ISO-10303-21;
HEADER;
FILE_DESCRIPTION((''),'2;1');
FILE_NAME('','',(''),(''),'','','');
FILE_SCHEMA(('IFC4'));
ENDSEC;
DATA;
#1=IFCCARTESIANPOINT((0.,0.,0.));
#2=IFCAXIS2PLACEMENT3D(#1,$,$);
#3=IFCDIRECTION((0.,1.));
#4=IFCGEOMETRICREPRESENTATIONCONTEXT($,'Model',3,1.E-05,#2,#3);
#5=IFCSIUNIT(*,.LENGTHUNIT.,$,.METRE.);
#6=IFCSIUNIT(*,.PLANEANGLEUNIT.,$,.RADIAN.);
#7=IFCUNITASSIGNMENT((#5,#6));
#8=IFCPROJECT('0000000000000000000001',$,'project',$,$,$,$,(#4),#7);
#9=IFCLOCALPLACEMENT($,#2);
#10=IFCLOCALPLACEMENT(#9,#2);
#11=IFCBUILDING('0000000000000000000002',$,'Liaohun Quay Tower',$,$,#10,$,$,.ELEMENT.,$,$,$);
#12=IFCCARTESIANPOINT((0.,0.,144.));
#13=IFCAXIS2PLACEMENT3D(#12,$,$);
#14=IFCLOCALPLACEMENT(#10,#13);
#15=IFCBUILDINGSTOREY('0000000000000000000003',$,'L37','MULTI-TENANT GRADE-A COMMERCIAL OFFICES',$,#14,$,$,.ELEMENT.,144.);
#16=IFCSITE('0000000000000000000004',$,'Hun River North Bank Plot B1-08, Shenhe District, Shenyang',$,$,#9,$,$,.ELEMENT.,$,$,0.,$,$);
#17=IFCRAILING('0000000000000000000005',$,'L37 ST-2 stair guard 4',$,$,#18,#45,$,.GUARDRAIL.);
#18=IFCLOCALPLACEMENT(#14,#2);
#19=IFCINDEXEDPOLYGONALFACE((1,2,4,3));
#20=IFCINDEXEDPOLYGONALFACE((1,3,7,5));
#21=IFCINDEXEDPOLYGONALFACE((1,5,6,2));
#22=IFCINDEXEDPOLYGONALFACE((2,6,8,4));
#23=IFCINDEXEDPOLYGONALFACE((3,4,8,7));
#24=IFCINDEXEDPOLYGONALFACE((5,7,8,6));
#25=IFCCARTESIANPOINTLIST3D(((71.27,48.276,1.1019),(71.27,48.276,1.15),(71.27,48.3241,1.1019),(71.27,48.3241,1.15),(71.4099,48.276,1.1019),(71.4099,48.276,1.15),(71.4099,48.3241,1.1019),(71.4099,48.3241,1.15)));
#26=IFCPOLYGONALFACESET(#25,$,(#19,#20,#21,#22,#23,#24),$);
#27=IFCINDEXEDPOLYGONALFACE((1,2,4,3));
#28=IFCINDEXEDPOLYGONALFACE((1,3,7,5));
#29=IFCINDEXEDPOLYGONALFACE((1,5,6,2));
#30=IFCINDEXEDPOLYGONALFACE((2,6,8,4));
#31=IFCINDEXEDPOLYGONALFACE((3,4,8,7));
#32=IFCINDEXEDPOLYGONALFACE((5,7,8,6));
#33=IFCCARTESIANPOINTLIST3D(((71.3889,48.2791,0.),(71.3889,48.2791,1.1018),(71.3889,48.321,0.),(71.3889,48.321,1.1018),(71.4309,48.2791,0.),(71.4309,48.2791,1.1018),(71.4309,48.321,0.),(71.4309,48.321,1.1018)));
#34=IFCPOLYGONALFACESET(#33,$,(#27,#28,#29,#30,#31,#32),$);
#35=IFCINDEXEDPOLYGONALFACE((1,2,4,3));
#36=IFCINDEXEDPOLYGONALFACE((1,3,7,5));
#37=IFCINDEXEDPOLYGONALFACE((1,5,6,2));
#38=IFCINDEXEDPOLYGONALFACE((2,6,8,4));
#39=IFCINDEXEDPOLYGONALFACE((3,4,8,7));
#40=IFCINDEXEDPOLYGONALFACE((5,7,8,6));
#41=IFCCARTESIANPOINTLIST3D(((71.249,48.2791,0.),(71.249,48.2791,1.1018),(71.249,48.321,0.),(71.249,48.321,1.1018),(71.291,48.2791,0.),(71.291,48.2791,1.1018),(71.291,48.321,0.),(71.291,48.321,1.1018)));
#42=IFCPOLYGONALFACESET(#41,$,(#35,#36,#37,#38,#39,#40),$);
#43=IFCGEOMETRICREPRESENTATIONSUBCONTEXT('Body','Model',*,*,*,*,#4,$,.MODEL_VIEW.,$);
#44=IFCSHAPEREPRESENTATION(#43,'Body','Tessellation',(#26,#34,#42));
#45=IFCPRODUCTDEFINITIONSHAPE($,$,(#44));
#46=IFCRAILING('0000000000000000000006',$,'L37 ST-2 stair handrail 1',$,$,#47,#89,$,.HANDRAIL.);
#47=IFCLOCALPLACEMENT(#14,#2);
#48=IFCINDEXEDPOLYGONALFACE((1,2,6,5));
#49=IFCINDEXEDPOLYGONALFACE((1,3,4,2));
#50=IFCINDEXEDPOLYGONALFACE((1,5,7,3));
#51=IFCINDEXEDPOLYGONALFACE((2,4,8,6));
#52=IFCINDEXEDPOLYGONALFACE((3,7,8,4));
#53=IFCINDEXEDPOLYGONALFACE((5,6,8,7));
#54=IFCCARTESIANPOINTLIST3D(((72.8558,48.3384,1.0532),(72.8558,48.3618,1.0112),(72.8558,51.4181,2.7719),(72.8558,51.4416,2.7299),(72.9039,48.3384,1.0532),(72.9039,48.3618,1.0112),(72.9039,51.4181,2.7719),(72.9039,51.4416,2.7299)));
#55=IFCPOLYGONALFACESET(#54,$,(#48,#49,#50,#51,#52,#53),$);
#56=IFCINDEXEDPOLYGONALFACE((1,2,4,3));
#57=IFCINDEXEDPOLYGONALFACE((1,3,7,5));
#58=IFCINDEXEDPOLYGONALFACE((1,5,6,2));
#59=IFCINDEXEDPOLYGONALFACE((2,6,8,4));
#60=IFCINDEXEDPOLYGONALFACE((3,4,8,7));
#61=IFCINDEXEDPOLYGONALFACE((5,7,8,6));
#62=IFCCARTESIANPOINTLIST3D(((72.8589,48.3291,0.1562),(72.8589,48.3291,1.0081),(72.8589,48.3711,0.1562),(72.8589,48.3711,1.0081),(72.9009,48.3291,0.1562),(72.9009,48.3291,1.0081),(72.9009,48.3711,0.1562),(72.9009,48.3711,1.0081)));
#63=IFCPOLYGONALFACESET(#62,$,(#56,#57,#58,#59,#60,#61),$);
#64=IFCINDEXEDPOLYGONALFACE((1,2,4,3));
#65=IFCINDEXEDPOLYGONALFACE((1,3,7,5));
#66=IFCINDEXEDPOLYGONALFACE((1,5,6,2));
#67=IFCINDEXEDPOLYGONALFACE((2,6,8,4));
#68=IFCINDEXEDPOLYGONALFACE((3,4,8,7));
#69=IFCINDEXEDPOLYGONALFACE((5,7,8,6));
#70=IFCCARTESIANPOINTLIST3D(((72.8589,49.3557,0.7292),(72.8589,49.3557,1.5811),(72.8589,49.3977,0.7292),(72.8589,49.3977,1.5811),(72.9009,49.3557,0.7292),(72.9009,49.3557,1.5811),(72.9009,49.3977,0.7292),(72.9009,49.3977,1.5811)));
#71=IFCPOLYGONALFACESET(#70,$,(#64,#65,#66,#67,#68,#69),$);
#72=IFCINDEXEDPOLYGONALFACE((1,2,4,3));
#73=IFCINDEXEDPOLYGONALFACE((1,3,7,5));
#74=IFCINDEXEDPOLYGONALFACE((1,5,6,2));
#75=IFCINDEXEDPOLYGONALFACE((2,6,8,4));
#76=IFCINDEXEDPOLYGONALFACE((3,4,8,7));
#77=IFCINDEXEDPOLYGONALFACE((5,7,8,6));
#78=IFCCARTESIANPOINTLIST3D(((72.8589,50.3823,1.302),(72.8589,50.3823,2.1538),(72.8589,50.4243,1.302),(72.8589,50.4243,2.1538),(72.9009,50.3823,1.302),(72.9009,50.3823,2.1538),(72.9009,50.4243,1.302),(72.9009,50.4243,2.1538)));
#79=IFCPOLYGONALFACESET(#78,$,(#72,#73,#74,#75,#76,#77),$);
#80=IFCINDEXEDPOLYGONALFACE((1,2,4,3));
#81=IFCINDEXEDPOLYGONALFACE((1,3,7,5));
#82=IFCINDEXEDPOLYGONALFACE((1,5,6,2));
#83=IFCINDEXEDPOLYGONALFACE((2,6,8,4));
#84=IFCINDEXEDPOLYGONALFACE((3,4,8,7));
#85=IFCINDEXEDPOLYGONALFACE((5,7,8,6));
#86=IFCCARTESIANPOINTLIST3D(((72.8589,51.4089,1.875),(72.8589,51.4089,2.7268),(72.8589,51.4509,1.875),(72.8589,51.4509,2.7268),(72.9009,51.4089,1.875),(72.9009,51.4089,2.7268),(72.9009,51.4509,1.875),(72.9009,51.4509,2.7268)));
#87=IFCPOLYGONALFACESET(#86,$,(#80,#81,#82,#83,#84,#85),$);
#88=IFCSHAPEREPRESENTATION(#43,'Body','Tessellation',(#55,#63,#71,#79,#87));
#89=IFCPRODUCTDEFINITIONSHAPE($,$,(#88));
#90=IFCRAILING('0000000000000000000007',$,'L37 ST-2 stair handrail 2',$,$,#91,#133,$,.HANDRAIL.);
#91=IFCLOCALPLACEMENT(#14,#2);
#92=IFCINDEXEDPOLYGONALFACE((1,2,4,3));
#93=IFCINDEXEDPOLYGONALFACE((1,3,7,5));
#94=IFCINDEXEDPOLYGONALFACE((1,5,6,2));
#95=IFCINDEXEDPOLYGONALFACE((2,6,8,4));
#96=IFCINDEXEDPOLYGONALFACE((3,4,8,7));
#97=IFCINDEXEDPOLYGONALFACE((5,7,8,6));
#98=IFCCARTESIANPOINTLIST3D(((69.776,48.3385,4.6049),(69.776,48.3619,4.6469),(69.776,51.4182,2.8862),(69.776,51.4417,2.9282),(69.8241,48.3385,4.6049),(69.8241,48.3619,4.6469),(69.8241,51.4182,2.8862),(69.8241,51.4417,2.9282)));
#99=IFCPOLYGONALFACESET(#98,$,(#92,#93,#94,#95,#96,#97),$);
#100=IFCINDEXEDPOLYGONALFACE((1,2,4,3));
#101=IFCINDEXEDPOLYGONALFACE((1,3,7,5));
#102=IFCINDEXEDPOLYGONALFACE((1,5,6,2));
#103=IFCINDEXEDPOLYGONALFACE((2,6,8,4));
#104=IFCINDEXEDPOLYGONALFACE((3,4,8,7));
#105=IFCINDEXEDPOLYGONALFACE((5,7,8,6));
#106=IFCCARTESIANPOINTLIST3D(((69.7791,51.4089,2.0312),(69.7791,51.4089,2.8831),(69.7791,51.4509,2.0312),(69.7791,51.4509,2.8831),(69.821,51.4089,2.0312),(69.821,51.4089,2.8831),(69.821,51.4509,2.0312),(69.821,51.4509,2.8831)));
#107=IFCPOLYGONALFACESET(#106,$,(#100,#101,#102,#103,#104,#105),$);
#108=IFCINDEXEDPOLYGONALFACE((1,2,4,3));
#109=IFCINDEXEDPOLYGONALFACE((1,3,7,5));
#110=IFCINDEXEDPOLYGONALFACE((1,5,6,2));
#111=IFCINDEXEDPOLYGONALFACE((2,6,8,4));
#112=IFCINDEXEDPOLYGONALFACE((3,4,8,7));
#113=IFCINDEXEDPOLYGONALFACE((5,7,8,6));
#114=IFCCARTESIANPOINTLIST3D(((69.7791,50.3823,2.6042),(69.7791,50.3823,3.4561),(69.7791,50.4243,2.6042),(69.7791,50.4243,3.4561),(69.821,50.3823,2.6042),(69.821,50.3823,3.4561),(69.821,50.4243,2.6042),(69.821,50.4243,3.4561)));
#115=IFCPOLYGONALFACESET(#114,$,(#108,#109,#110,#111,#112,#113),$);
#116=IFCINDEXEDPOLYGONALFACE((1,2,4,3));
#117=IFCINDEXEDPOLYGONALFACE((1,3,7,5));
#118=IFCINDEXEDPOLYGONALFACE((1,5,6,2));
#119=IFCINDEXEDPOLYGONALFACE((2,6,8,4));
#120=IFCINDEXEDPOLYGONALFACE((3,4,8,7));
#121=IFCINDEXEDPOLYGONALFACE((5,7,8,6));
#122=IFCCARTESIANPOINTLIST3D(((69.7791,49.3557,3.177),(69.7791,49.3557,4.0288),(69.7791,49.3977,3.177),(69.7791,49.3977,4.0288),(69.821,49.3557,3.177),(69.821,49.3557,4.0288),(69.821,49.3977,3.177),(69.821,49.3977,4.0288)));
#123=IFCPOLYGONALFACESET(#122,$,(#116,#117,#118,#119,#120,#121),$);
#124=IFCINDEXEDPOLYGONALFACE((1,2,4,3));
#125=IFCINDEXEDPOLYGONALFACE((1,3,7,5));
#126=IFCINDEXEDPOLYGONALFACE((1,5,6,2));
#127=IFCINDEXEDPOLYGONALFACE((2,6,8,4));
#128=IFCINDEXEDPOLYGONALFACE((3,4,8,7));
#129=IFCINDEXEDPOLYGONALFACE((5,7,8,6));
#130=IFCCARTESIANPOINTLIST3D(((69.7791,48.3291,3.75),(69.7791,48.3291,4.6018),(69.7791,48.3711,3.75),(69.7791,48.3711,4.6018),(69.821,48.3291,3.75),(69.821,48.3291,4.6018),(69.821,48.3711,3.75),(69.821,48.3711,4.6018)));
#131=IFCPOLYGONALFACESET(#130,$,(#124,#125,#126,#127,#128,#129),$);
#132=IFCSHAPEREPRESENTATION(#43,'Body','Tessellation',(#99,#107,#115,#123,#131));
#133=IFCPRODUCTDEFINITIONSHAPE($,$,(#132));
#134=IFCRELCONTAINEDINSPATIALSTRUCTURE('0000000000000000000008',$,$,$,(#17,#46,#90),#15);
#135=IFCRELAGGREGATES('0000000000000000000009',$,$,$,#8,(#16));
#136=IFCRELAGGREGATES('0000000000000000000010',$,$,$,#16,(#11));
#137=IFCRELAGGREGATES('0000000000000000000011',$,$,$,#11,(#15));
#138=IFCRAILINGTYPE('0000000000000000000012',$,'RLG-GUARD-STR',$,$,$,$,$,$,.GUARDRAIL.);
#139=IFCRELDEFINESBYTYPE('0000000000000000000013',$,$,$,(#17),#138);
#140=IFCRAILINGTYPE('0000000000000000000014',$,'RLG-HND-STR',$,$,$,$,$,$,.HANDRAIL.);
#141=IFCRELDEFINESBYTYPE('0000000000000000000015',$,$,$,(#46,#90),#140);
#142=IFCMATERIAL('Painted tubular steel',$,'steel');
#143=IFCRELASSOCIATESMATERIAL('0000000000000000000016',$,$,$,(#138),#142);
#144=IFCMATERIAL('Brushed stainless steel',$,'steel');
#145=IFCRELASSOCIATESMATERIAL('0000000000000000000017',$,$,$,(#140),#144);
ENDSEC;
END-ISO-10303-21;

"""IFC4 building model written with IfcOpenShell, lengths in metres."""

from ifc_helpers import new_model, si_unit, direction, frame, origin, origin_2d, place, context, subcontext, project, spatial, rectangle, extrude, material, type_object, element, save


model = new_model("IFC4")

# Units and contexts
model_context = context("Model", 3, precision=1e-05, world=origin(), true_north=direction((0.0, 1.0)))
body_context = subcontext(model_context, "Body", "Model", "MODEL_VIEW")
ifc_project = project(units=[si_unit("LENGTHUNIT", "METRE"), si_unit("PLANEANGLEUNIT", "RADIAN")], contexts=[model_context])

# Site, building, storey
site_placement = place(None, origin())
site = spatial("IfcSite", under=ifc_project, at=site_placement, Name="Hun River North Bank Plot B1-08, Shenhe District, Shenyang", CompositionType="ELEMENT", RefElevation=0.0)
building_placement = place(site_placement, origin())
building = spatial("IfcBuilding", under=site, at=building_placement, Name="Liaohun Quay Tower", CompositionType="ELEMENT")
storey_placement = place(building_placement, frame((0.0, 0.0, 144.0)))
storey = spatial("IfcBuildingStorey", under=building, at=storey_placement, Name="L37", Description="MULTI-TENANT GRADE-A COMMERCIAL OFFICES", CompositionType="ELEMENT", Elevation=144.0)

# Railings
ifc_material_1 = material(Name="Painted tubular steel", Category="steel")
railing_type_1 = type_object("IfcRailingType", Name="RLG-GUARD-STR", PredefinedType="GUARDRAIL", material=ifc_material_1)
railing_1_placement = place(storey_placement, frame((71.4099, 48.3, 0.0)))
element("IfcRailing", 1, at=railing_1_placement, inside=storey, type_object=railing_type_1, Name="L37 ST-2 stair guard 4", PredefinedType="GUARDRAIL", context=body_context, shape_type="SweptSolid", body=[
    extrude(rectangle(XDim=0.0481, YDim=0.0481, at=origin_2d()), frame((0.0, 0.0, 1.126), z_axis=(-1.0, 0.0, 0.0), x_axis=(0.0, -1.0, 0.0)), (0.0, 0.0, 1.0), 0.1399),
    extrude(rectangle(XDim=0.042, YDim=0.042, at=origin_2d()), origin(), (0.0, 0.0, 1.0), 1.1018),
    extrude(rectangle(XDim=0.042, YDim=0.042, at=origin_2d()), frame((-0.1399, 0.0, 0.0)), (0.0, 0.0, 1.0), 1.1018),
])
ifc_material_2 = material(Name="Brushed stainless steel", Category="steel")
railing_type_2 = type_object("IfcRailingType", Name="RLG-HND-STR", PredefinedType="HANDRAIL", material=ifc_material_2)
railing_2_placement = place(storey_placement, frame((72.8799, 48.3501, 0.1562)))
element("IfcRailing", 2, at=railing_2_placement, inside=storey, type_object=railing_type_2, Name="L37 ST-2 stair handrail 1", PredefinedType="HANDRAIL", context=body_context, shape_type="SweptSolid", body=[
    extrude(rectangle(XDim=0.0481, YDim=0.0481, at=origin_2d()), frame((0.0, 0.0, 0.876), z_axis=(0.0, 0.873225, 0.487317), x_axis=(-1.0, 0.0, 0.0)), (0.0, 0.0, 1.0), 3.5269),
    extrude(rectangle(XDim=0.042, YDim=0.042, at=origin_2d()), origin(), (0.0, 0.0, 1.0), 0.8518),
    extrude(rectangle(XDim=0.042, YDim=0.042, at=origin_2d()), frame((0.0, 1.0266, 0.573)), (0.0, 0.0, 1.0), 0.8518),
    extrude(rectangle(XDim=0.042, YDim=0.042, at=origin_2d()), frame((0.0, 2.0532, 1.1458)), (0.0, 0.0, 1.0), 0.8518),
    extrude(rectangle(XDim=0.042, YDim=0.042, at=origin_2d()), frame((0.0, 3.0798, 1.7188)), (0.0, 0.0, 1.0), 0.8518),
])
railing_3_placement = place(storey_placement, frame((69.8, 51.4299, 2.0312)))
element("IfcRailing", 3, at=railing_3_placement, inside=storey, type_object=railing_type_2, Name="L37 ST-2 stair handrail 2", PredefinedType="HANDRAIL", context=body_context, shape_type="SweptSolid", body=[
    extrude(rectangle(XDim=0.0481, YDim=0.0481, at=origin_2d()), frame((0.0, 0.0, 0.876), z_axis=(0.0, -0.873225, 0.487317), x_axis=(1.0, 0.0, 0.0)), (0.0, 0.0, 1.0), 3.5269),
    extrude(rectangle(XDim=0.042, YDim=0.042, at=origin_2d()), origin(), (0.0, 0.0, 1.0), 0.8518),
    extrude(rectangle(XDim=0.042, YDim=0.042, at=origin_2d()), frame((0.0, -1.0266, 0.573)), (0.0, 0.0, 1.0), 0.8518),
    extrude(rectangle(XDim=0.042, YDim=0.042, at=origin_2d()), frame((0.0, -2.0532, 1.1458)), (0.0, 0.0, 1.0), 0.8518),
    extrude(rectangle(XDim=0.042, YDim=0.042, at=origin_2d()), frame((0.0, -3.0798, 1.7188)), (0.0, 0.0, 1.0), 0.8518),
])

save(model, "model.ifc")
